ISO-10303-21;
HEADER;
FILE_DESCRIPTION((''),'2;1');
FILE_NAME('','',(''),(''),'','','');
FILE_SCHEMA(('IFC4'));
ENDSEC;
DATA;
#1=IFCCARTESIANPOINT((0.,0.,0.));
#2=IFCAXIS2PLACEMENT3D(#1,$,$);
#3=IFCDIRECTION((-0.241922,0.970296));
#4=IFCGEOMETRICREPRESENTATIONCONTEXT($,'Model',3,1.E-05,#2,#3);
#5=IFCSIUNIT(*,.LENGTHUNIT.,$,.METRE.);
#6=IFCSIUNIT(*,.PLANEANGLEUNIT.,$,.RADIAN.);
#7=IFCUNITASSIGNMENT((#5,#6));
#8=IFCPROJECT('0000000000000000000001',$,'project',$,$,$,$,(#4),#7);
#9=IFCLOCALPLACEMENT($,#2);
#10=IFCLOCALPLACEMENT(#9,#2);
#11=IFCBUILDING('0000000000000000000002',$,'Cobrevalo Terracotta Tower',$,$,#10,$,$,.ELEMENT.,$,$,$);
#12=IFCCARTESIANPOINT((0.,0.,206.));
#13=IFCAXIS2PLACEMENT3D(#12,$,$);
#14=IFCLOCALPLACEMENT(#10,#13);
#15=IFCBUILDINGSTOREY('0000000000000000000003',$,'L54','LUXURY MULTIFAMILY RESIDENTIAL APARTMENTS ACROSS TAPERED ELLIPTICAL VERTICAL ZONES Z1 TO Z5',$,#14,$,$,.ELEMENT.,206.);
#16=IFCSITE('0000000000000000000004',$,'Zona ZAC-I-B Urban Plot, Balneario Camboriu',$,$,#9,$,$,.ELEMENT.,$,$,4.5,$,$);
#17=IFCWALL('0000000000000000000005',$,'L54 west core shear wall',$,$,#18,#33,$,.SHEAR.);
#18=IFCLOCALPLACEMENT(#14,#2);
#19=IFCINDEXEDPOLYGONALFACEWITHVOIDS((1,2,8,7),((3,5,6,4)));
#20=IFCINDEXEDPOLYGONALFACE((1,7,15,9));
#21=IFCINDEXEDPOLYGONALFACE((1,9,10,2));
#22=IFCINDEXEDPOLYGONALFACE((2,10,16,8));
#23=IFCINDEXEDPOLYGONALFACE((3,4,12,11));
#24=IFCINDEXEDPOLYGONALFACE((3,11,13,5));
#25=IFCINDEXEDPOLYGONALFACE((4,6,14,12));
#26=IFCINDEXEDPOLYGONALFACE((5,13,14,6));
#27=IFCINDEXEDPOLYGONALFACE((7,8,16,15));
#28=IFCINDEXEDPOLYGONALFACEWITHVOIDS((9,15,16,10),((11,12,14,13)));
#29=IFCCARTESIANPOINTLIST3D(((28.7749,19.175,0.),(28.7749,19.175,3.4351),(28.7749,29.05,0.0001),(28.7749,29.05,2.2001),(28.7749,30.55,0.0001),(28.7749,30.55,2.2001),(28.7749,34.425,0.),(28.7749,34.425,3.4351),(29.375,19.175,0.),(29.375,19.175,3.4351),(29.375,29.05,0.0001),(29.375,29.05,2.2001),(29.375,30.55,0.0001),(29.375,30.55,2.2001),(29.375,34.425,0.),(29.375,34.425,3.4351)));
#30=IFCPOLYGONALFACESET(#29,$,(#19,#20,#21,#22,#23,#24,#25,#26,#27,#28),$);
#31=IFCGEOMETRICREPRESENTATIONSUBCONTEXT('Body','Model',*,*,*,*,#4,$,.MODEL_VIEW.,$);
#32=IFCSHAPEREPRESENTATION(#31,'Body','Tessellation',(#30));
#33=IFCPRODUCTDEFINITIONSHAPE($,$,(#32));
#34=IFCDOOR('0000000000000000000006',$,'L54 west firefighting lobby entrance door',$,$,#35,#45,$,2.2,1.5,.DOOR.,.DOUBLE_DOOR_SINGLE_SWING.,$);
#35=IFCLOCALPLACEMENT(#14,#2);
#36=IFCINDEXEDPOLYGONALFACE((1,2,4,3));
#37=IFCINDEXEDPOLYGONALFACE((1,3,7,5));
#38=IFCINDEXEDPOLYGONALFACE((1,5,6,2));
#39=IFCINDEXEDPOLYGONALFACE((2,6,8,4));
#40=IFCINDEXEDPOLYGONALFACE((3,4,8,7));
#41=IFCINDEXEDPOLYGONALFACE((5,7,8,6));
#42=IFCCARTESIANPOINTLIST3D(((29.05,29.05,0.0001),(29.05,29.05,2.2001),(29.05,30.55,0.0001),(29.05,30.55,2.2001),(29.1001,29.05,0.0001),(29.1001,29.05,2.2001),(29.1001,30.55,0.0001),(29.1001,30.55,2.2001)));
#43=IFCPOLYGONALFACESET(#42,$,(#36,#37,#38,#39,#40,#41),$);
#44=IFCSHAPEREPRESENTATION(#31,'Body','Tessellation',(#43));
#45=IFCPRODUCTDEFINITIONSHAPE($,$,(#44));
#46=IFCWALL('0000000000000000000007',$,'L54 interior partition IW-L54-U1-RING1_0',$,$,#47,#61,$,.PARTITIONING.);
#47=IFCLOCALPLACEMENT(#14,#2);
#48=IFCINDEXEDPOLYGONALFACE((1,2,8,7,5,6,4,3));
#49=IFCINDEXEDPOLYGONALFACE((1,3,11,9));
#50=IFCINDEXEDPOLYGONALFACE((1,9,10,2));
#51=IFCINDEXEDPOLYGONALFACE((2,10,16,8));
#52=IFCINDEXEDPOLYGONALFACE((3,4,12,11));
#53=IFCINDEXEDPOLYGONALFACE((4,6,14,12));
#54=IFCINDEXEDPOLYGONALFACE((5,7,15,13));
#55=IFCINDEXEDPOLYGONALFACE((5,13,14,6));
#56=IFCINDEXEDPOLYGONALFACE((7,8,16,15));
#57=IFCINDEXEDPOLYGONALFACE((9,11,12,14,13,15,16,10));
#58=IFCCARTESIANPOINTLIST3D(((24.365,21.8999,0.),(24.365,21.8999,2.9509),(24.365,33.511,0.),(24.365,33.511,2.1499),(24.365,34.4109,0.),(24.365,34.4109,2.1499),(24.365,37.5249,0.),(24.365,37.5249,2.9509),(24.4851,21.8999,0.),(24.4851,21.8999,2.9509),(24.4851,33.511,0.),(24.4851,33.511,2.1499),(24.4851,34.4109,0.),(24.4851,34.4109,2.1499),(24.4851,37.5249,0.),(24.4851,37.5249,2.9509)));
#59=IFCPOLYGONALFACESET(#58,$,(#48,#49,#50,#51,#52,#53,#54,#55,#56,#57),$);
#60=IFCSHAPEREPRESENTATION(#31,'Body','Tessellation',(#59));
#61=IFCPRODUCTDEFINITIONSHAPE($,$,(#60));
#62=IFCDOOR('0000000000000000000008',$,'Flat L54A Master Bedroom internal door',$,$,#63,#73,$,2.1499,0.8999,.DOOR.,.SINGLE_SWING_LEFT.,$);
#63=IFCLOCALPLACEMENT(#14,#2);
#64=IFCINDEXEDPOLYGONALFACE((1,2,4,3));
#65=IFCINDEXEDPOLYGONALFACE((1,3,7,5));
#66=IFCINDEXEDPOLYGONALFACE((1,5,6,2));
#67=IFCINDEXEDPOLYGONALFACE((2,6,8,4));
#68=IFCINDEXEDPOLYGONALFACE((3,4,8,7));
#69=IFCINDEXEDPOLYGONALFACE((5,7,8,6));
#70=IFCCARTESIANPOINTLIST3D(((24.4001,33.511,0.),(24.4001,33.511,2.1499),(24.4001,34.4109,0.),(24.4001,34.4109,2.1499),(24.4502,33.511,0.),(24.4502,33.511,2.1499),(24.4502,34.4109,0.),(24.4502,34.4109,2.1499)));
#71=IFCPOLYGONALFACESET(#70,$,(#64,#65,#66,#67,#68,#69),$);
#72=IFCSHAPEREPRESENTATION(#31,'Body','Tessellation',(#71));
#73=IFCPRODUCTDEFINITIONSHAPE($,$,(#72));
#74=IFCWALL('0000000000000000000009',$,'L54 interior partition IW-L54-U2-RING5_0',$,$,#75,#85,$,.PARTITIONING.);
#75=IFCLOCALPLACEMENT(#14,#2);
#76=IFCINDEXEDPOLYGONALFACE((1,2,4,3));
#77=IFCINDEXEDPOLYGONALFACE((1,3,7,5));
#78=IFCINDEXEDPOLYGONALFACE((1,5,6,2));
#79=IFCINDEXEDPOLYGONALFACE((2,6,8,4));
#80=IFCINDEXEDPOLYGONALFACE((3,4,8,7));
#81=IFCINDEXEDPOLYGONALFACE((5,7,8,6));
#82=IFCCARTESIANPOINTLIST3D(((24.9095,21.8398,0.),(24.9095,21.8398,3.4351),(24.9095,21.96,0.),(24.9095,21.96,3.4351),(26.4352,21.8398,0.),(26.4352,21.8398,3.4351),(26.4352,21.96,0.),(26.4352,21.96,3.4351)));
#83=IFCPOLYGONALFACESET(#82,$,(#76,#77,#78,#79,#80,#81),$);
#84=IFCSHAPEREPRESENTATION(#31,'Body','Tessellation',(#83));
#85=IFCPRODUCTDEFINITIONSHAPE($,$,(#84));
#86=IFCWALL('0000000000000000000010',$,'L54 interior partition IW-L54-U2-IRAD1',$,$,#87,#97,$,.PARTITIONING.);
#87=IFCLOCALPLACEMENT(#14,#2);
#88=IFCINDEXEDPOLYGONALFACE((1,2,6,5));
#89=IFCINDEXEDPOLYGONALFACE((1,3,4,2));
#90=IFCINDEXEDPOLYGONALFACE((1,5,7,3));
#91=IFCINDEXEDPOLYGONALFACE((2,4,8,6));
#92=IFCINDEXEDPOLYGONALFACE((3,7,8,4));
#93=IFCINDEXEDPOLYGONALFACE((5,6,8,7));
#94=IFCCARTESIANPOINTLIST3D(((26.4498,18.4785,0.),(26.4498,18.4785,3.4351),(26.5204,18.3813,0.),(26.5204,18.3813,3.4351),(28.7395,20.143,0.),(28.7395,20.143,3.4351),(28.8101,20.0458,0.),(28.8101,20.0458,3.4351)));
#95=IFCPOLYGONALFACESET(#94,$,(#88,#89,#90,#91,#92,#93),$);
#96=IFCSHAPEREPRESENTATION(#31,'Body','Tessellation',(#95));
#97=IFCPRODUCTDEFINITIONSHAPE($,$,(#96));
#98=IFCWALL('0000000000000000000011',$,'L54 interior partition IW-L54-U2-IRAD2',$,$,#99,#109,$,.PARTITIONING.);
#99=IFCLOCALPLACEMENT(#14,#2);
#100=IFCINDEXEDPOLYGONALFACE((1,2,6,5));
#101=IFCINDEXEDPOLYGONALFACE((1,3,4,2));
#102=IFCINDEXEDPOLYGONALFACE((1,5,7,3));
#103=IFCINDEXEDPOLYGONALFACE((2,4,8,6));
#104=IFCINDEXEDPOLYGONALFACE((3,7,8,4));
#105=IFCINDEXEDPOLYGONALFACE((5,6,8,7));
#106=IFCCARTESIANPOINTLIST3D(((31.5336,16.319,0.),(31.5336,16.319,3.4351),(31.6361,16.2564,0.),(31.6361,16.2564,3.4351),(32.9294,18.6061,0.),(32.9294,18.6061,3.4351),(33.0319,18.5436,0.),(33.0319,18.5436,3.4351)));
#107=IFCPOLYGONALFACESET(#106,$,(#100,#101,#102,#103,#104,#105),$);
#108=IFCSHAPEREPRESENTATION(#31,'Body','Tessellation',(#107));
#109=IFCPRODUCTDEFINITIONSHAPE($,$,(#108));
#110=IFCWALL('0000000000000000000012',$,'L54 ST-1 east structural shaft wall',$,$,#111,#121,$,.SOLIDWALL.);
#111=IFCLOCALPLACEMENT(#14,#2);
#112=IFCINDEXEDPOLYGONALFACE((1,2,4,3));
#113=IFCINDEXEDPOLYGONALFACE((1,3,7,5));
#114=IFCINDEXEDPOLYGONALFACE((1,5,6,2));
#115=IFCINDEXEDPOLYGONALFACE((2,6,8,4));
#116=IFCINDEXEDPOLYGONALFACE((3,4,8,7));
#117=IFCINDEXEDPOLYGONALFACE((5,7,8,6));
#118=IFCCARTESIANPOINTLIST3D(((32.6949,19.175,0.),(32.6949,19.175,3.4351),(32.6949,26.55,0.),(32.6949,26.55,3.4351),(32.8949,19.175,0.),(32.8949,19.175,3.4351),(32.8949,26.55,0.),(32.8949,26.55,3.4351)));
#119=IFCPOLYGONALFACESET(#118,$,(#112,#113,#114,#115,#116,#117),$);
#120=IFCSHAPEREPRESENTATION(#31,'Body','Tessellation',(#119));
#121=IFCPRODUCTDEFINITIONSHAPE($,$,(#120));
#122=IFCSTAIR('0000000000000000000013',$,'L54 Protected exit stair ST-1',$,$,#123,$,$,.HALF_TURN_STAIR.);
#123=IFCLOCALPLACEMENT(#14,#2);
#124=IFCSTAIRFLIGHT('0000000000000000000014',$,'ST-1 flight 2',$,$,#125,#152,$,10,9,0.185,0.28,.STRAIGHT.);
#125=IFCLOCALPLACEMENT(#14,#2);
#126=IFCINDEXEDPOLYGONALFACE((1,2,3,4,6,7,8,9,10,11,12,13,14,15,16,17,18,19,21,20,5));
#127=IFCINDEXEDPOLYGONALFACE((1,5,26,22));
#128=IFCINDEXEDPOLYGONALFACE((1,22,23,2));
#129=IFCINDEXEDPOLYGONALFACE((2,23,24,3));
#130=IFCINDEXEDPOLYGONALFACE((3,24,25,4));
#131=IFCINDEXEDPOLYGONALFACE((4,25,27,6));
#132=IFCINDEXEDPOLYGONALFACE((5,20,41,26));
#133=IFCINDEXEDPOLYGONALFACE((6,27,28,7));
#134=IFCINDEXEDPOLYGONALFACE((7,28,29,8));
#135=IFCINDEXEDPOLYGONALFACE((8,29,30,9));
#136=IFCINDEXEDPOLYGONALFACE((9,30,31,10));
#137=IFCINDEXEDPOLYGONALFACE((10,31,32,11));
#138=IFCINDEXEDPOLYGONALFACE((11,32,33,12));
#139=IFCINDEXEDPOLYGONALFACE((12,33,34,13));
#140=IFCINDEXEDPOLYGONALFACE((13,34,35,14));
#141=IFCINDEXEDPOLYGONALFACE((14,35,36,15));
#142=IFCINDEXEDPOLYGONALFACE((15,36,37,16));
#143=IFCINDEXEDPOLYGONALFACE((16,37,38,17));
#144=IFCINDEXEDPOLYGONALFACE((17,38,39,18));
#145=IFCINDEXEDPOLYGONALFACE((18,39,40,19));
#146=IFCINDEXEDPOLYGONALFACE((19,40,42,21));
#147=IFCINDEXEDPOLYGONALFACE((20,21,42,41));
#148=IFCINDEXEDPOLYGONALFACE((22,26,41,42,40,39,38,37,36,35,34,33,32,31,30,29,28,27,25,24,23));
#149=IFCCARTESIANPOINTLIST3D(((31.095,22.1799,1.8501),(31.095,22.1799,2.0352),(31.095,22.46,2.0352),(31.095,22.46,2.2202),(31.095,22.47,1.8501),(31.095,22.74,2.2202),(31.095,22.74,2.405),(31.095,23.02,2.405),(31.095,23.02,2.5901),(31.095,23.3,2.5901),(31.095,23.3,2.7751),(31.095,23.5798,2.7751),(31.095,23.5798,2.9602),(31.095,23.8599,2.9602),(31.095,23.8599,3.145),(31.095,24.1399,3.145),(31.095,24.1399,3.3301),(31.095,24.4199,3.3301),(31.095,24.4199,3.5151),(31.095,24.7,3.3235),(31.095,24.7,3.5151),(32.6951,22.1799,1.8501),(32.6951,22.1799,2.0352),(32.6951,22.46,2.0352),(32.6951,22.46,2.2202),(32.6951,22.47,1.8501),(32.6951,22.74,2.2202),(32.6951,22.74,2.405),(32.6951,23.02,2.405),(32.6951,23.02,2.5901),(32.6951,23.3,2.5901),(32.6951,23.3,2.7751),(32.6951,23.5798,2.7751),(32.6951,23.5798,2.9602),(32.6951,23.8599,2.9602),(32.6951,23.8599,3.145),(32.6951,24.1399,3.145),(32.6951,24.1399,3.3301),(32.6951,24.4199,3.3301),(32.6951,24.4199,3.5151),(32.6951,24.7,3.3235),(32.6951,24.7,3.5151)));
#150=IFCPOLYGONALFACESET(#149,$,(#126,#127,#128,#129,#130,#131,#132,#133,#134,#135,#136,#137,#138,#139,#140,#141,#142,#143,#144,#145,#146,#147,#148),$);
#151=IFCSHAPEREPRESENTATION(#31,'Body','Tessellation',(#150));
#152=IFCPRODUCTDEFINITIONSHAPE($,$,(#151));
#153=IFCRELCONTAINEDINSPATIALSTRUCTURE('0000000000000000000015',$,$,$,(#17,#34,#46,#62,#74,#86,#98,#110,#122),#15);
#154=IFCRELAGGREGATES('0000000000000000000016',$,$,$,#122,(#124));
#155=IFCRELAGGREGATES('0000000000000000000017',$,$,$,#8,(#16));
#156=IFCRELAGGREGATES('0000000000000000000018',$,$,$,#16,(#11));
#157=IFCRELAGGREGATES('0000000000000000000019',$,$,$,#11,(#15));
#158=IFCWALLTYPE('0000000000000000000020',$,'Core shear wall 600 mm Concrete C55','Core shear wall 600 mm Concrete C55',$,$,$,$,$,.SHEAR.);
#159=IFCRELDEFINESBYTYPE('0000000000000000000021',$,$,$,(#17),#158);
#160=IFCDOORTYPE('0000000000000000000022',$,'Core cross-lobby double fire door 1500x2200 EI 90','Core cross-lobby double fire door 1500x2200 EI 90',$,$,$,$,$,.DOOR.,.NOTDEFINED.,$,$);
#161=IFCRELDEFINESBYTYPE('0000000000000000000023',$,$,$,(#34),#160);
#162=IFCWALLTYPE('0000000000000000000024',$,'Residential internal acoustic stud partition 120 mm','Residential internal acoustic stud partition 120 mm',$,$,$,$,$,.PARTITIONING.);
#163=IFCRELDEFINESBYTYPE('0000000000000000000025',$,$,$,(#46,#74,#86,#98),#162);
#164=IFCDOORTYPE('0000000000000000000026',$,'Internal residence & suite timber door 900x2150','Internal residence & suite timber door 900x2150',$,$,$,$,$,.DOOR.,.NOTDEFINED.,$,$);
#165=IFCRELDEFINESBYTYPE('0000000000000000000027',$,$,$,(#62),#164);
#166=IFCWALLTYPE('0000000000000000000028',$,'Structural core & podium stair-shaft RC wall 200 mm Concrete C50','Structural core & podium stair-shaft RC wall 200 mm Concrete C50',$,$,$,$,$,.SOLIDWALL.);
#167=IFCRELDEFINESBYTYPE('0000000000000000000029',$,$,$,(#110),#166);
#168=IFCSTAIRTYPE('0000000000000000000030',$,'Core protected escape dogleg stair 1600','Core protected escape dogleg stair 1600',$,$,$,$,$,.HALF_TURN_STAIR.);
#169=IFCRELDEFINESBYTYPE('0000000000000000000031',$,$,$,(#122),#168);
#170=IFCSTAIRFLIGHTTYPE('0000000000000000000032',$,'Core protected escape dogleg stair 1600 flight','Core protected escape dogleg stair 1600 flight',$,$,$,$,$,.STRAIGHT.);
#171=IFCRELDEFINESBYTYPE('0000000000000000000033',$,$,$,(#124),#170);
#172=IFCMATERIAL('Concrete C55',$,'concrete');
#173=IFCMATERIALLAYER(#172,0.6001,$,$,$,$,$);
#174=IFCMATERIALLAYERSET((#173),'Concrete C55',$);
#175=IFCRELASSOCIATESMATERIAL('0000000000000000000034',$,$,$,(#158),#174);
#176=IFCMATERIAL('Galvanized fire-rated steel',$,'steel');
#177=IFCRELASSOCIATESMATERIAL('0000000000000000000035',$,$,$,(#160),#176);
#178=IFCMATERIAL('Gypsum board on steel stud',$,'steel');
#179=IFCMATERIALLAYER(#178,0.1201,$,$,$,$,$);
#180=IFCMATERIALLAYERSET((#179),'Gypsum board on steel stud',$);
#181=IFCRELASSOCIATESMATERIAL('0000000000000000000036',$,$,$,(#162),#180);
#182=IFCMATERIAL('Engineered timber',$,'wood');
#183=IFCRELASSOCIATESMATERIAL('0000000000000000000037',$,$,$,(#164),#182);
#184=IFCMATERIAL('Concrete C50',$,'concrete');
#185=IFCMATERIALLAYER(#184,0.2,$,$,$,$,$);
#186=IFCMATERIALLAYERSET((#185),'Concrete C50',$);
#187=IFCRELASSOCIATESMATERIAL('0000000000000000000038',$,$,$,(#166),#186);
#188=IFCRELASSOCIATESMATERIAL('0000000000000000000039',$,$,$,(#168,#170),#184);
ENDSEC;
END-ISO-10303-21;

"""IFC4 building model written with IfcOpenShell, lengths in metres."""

from ifc_helpers import new_model, si_unit, direction, frame, frame_2d, origin, place, context, subcontext, project, spatial, polyline, rectangle, outline, extrude, source, transform, mapped, material, layer, layer_set, type_object, element, fill, aggregate, save


model = new_model("IFC4")

# Units and contexts
model_context = context("Model", 3, precision=1e-05, world=origin(), true_north=direction((-0.241922, 0.970296)))
body_context = subcontext(model_context, "Body", "Model", "MODEL_VIEW")
ifc_project = project(units=[si_unit("LENGTHUNIT", "METRE"), si_unit("PLANEANGLEUNIT", "RADIAN")], contexts=[model_context])

# Site, building, storey
site_placement = place(None, origin())
site = spatial("IfcSite", under=ifc_project, at=site_placement, Name="Zona ZAC-I-B Urban Plot, Balneario Camboriu", CompositionType="ELEMENT", RefElevation=4.5)
building_placement = place(site_placement, origin())
building = spatial("IfcBuilding", under=site, at=building_placement, Name="Cobrevalo Terracotta Tower", CompositionType="ELEMENT")
storey_placement = place(building_placement, frame((0.0, 0.0, 206.0)))
storey = spatial("IfcBuildingStorey", under=building, at=storey_placement, Name="L54", Description="LUXURY MULTIFAMILY RESIDENTIAL APARTMENTS ACROSS TAPERED ELLIPTICAL VERTICAL ZONES Z1 TO Z5", CompositionType="ELEMENT", Elevation=206.0)

# Shared definitions
ifc_material_1 = material(Name="Concrete C50", Category="concrete")

# Shared definitions
ifc_material_2 = material(Name="Concrete C55", Category="concrete")
ifc_layer_1 = layer(ifc_material_2, 0.6001)
ifc_layer_set_1 = layer_set([ifc_layer_1], Name="Concrete C55")
wall_type_1 = type_object("IfcWallType", Name="Core shear wall 600 mm Concrete C55", Description="Core shear wall 600 mm Concrete C55", PredefinedType="SHEAR", material=ifc_layer_set_1)

# Walls, openings, doors
wall_1_placement = place(storey_placement, frame((29.075, 19.175, 0.0), z_axis=(0.0, 0.0, 1.0), x_axis=(0.0, 1.0, 0.0)))
wall_1 = element("IfcWall", 1, at=wall_1_placement, inside=storey, type_object=wall_type_1, Name="L54 west core shear wall", PredefinedType="SHEAR", context=body_context, shape_type="SweptSolid", body=[
    extrude(rectangle(XDim=15.25, YDim=0.6001, at=frame_2d((7.625, 0.0))), origin(), (0.0, 0.0, 1.0), 3.4351),
])
opening_1_placement = place(wall_1_placement, frame((9.875, 0.0, 0.0)))
opening_1 = element("IfcOpeningElement", 2, at=opening_1_placement, cuts=wall_1, PredefinedType="OPENING", context=body_context, shape_type="SweptSolid", body=[
    extrude(rectangle(XDim=1.5, YDim=2.2, at=frame_2d((0.75, 1.1001))), frame((0.0, 0.3101, 0.0), z_axis=(0.0, -1.0, 0.0), x_axis=(1.0, 0.0, 0.0)), (0.0, 0.0, 1.0), 0.6201),
])
ifc_material_3 = material(Name="Galvanized fire-rated steel", Category="steel")
door_type_1 = type_object("IfcDoorType", Name="Core cross-lobby double fire door 1500x2200 EI 90", Description="Core cross-lobby double fire door 1500x2200 EI 90", OperationType="NOTDEFINED", PredefinedType="DOOR", material=ifc_material_3)
shared_shape_1 = source(origin(), body_context, "Body", "SweptSolid", [
    extrude(rectangle(XDim=1.5, YDim=2.2, at=frame_2d((0.75, 1.1001))), frame((0.0, 0.0249, 0.0), z_axis=(0.0, -1.0, 0.0), x_axis=(1.0, 0.0, 0.0)), (0.0, 0.0, 1.0), 0.05),
])
door_1_placement = place(opening_1_placement, origin())
door_1 = element("IfcDoor", 3, at=door_1_placement, inside=storey, type_object=door_type_1, Name="L54 west firefighting lobby entrance door", OperationType="DOUBLE_DOOR_SINGLE_SWING", OverallHeight=2.2, OverallWidth=1.5, PredefinedType="DOOR", context=body_context, shape_type="MappedRepresentation", body=[
    mapped(shared_shape_1, transform((0.0, 0.0, 0.0), scale=1.0)),
])
fill(opening_1, door_1)
ifc_material_4 = material(Name="Gypsum board on steel stud", Category="steel")
ifc_layer_2 = layer(ifc_material_4, 0.1201)
ifc_layer_set_2 = layer_set([ifc_layer_2], Name="Gypsum board on steel stud")
wall_type_2 = type_object("IfcWallType", Name="Residential internal acoustic stud partition 120 mm", Description="Residential internal acoustic stud partition 120 mm", PredefinedType="PARTITIONING", material=ifc_layer_set_2)
wall_2_placement = place(storey_placement, frame((24.425, 21.8999, 0.0), z_axis=(0.0, 0.0, 1.0), x_axis=(0.0, 1.0, 0.0)))
wall_2 = element("IfcWall", 4, at=wall_2_placement, inside=storey, type_object=wall_type_2, Name="L54 interior partition IW-L54-U1-RING1_0", PredefinedType="PARTITIONING", context=body_context, shape_type="SweptSolid", body=[
    extrude(rectangle(XDim=15.625, YDim=0.1201, at=frame_2d((7.8125, 0.0))), origin(), (0.0, 0.0, 1.0), 2.9509),
])
opening_2_placement = place(wall_2_placement, frame((11.6111, 0.0, 0.0)))
opening_2 = element("IfcOpeningElement", 5, at=opening_2_placement, cuts=wall_2, PredefinedType="OPENING", context=body_context, shape_type="SweptSolid", body=[
    extrude(rectangle(XDim=0.8999, YDim=2.1499, at=frame_2d((0.45, 1.075))), frame((0.0, 0.0701, 0.0), z_axis=(0.0, -1.0, 0.0), x_axis=(1.0, 0.0, 0.0)), (0.0, 0.0, 1.0), 0.1401),
])
ifc_material_5 = material(Name="Engineered timber", Category="wood")
door_type_2 = type_object("IfcDoorType", Name="Internal residence & suite timber door 900x2150", Description="Internal residence & suite timber door 900x2150", OperationType="NOTDEFINED", PredefinedType="DOOR", material=ifc_material_5)
shared_shape_2 = source(origin(), body_context, "Body", "SweptSolid", [
    extrude(rectangle(XDim=0.8999, YDim=2.1499, at=frame_2d((0.45, 1.075))), frame((0.0, 0.0249, 0.0), z_axis=(0.0, -1.0, 0.0), x_axis=(1.0, 0.0, 0.0)), (0.0, 0.0, 1.0), 0.05),
])
door_2_placement = place(opening_2_placement, origin())
door_2 = element("IfcDoor", 6, at=door_2_placement, inside=storey, type_object=door_type_2, Name="Flat L54A Master Bedroom internal door", OperationType="SINGLE_SWING_LEFT", OverallHeight=2.1499, OverallWidth=0.8999, PredefinedType="DOOR", context=body_context, shape_type="MappedRepresentation", body=[
    mapped(shared_shape_2, transform((0.0, 0.0, 0.0), scale=1.0)),
])
fill(opening_2, door_2)

# Walls
wall_3_placement = place(storey_placement, frame((26.4351, 21.8999, 0.0), z_axis=(0.0, 0.0, 1.0), x_axis=(-1.0, 0.0, 0.0)))
element("IfcWall", 7, at=wall_3_placement, inside=storey, type_object=wall_type_2, Name="L54 interior partition IW-L54-U2-RING5_0", PredefinedType="PARTITIONING", context=body_context, shape_type="SweptSolid", body=[
    extrude(rectangle(XDim=1.5256, YDim=0.1201, at=frame_2d((0.7627, 0.0))), origin(), (0.0, 0.0, 1.0), 3.4351),
])
wall_4_placement = place(storey_placement, frame((28.7749, 20.0945, 0.0), z_axis=(0.0, 0.0, 1.0), x_axis=(-0.808863, -0.587997, 0.0)))
element("IfcWall", 8, at=wall_4_placement, inside=storey, type_object=wall_type_2, Name="L54 interior partition IW-L54-U2-IRAD1", PredefinedType="PARTITIONING", context=body_context, shape_type="SweptSolid", body=[
    extrude(rectangle(XDim=2.8308, YDim=0.1201, at=frame_2d((1.4155, 0.0))), origin(), (0.0, 0.0, 1.0), 3.4351),
])
wall_5_placement = place(storey_placement, frame((32.9807, 18.575, 0.0), z_axis=(0.0, 0.0, 1.0), x_axis=(-0.520927, -0.853602, 0.0)))
element("IfcWall", 9, at=wall_5_placement, inside=storey, type_object=wall_type_2, Name="L54 interior partition IW-L54-U2-IRAD2", PredefinedType="PARTITIONING", context=body_context, shape_type="SweptSolid", body=[
    extrude(rectangle(XDim=2.6794, YDim=0.1201, at=frame_2d((1.3398, 0.0))), origin(), (0.0, 0.0, 1.0), 3.4351),
])
ifc_layer_3 = layer(ifc_material_1, 0.2)
ifc_layer_set_3 = layer_set([ifc_layer_3], Name="Concrete C50")
wall_type_3 = type_object("IfcWallType", Name="Structural core & podium stair-shaft RC wall 200 mm Concrete C50", Description="Structural core & podium stair-shaft RC wall 200 mm Concrete C50", PredefinedType="SOLIDWALL", material=ifc_layer_set_3)
wall_6_placement = place(storey_placement, frame((32.7949, 19.175, 0.0), z_axis=(0.0, 0.0, 1.0), x_axis=(0.0, 1.0, 0.0)))
element("IfcWall", 10, at=wall_6_placement, inside=storey, type_object=wall_type_3, Name="L54 ST-1 east structural shaft wall", PredefinedType="SOLIDWALL", context=body_context, shape_type="SweptSolid", body=[
    extrude(rectangle(XDim=7.375, YDim=0.2, at=frame_2d((3.6875, 0.0))), origin(), (0.0, 0.0, 1.0), 3.4351),
])

# Stair, stair flight
stair_type = type_object("IfcStairType", Name="Core protected escape dogleg stair 1600", Description="Core protected escape dogleg stair 1600", PredefinedType="HALF_TURN_STAIR", material=ifc_material_1)
stair_placement = place(storey_placement, origin())
stair = element("IfcStair", 11, at=stair_placement, inside=storey, type_object=stair_type, Name="L54 Protected exit stair ST-1", PredefinedType="HALF_TURN_STAIR")
stair_flight_type = type_object("IfcStairFlightType", Name="Core protected escape dogleg stair 1600 flight", Description="Core protected escape dogleg stair 1600 flight", PredefinedType="STRAIGHT", material=ifc_material_1)
stair_flight_placement = place(storey_placement, frame((31.895, 22.1799, 1.8501), z_axis=(0.0, 0.0, 1.0), x_axis=(0.0, 1.0, 0.0)))
stair_flight = element("IfcStairFlight", 12, at=stair_flight_placement, type_object=stair_flight_type, Name="ST-1 flight 2", NumberOfRisers=10, NumberOfTreads=9, PredefinedType="STRAIGHT", RiserHeight=0.185, TreadLength=0.28, context=body_context, shape_type="SweptSolid", body=[
    extrude(outline(polyline([(0.0, 0.0), (0.0, 0.1851), (0.28, 0.1851), (0.28, 0.3701), (0.5601, 0.3701), (0.5601, 0.5549), (0.8401, 0.5549), (0.8401, 0.74), (1.1201, 0.74), (1.1201, 0.925), (1.3999, 0.925), (1.3999, 1.1101), (1.6799, 1.1101), (1.6799, 1.2949), (1.96, 1.2949), (1.96, 1.48), (2.24, 1.48), (2.24, 1.665), (2.52, 1.665), (2.52, 1.8501), (2.52, 1.4734), (0.29, 0.0), (0.0, 0.0)])), frame((0.0, 0.8, 0.0), z_axis=(0.0, -1.0, 0.0), x_axis=(1.0, 0.0, 0.0)), (0.0, 0.0, 1.0), 1.6001),
])
aggregate(stair, [stair_flight])

save(model, "model.ifc")
